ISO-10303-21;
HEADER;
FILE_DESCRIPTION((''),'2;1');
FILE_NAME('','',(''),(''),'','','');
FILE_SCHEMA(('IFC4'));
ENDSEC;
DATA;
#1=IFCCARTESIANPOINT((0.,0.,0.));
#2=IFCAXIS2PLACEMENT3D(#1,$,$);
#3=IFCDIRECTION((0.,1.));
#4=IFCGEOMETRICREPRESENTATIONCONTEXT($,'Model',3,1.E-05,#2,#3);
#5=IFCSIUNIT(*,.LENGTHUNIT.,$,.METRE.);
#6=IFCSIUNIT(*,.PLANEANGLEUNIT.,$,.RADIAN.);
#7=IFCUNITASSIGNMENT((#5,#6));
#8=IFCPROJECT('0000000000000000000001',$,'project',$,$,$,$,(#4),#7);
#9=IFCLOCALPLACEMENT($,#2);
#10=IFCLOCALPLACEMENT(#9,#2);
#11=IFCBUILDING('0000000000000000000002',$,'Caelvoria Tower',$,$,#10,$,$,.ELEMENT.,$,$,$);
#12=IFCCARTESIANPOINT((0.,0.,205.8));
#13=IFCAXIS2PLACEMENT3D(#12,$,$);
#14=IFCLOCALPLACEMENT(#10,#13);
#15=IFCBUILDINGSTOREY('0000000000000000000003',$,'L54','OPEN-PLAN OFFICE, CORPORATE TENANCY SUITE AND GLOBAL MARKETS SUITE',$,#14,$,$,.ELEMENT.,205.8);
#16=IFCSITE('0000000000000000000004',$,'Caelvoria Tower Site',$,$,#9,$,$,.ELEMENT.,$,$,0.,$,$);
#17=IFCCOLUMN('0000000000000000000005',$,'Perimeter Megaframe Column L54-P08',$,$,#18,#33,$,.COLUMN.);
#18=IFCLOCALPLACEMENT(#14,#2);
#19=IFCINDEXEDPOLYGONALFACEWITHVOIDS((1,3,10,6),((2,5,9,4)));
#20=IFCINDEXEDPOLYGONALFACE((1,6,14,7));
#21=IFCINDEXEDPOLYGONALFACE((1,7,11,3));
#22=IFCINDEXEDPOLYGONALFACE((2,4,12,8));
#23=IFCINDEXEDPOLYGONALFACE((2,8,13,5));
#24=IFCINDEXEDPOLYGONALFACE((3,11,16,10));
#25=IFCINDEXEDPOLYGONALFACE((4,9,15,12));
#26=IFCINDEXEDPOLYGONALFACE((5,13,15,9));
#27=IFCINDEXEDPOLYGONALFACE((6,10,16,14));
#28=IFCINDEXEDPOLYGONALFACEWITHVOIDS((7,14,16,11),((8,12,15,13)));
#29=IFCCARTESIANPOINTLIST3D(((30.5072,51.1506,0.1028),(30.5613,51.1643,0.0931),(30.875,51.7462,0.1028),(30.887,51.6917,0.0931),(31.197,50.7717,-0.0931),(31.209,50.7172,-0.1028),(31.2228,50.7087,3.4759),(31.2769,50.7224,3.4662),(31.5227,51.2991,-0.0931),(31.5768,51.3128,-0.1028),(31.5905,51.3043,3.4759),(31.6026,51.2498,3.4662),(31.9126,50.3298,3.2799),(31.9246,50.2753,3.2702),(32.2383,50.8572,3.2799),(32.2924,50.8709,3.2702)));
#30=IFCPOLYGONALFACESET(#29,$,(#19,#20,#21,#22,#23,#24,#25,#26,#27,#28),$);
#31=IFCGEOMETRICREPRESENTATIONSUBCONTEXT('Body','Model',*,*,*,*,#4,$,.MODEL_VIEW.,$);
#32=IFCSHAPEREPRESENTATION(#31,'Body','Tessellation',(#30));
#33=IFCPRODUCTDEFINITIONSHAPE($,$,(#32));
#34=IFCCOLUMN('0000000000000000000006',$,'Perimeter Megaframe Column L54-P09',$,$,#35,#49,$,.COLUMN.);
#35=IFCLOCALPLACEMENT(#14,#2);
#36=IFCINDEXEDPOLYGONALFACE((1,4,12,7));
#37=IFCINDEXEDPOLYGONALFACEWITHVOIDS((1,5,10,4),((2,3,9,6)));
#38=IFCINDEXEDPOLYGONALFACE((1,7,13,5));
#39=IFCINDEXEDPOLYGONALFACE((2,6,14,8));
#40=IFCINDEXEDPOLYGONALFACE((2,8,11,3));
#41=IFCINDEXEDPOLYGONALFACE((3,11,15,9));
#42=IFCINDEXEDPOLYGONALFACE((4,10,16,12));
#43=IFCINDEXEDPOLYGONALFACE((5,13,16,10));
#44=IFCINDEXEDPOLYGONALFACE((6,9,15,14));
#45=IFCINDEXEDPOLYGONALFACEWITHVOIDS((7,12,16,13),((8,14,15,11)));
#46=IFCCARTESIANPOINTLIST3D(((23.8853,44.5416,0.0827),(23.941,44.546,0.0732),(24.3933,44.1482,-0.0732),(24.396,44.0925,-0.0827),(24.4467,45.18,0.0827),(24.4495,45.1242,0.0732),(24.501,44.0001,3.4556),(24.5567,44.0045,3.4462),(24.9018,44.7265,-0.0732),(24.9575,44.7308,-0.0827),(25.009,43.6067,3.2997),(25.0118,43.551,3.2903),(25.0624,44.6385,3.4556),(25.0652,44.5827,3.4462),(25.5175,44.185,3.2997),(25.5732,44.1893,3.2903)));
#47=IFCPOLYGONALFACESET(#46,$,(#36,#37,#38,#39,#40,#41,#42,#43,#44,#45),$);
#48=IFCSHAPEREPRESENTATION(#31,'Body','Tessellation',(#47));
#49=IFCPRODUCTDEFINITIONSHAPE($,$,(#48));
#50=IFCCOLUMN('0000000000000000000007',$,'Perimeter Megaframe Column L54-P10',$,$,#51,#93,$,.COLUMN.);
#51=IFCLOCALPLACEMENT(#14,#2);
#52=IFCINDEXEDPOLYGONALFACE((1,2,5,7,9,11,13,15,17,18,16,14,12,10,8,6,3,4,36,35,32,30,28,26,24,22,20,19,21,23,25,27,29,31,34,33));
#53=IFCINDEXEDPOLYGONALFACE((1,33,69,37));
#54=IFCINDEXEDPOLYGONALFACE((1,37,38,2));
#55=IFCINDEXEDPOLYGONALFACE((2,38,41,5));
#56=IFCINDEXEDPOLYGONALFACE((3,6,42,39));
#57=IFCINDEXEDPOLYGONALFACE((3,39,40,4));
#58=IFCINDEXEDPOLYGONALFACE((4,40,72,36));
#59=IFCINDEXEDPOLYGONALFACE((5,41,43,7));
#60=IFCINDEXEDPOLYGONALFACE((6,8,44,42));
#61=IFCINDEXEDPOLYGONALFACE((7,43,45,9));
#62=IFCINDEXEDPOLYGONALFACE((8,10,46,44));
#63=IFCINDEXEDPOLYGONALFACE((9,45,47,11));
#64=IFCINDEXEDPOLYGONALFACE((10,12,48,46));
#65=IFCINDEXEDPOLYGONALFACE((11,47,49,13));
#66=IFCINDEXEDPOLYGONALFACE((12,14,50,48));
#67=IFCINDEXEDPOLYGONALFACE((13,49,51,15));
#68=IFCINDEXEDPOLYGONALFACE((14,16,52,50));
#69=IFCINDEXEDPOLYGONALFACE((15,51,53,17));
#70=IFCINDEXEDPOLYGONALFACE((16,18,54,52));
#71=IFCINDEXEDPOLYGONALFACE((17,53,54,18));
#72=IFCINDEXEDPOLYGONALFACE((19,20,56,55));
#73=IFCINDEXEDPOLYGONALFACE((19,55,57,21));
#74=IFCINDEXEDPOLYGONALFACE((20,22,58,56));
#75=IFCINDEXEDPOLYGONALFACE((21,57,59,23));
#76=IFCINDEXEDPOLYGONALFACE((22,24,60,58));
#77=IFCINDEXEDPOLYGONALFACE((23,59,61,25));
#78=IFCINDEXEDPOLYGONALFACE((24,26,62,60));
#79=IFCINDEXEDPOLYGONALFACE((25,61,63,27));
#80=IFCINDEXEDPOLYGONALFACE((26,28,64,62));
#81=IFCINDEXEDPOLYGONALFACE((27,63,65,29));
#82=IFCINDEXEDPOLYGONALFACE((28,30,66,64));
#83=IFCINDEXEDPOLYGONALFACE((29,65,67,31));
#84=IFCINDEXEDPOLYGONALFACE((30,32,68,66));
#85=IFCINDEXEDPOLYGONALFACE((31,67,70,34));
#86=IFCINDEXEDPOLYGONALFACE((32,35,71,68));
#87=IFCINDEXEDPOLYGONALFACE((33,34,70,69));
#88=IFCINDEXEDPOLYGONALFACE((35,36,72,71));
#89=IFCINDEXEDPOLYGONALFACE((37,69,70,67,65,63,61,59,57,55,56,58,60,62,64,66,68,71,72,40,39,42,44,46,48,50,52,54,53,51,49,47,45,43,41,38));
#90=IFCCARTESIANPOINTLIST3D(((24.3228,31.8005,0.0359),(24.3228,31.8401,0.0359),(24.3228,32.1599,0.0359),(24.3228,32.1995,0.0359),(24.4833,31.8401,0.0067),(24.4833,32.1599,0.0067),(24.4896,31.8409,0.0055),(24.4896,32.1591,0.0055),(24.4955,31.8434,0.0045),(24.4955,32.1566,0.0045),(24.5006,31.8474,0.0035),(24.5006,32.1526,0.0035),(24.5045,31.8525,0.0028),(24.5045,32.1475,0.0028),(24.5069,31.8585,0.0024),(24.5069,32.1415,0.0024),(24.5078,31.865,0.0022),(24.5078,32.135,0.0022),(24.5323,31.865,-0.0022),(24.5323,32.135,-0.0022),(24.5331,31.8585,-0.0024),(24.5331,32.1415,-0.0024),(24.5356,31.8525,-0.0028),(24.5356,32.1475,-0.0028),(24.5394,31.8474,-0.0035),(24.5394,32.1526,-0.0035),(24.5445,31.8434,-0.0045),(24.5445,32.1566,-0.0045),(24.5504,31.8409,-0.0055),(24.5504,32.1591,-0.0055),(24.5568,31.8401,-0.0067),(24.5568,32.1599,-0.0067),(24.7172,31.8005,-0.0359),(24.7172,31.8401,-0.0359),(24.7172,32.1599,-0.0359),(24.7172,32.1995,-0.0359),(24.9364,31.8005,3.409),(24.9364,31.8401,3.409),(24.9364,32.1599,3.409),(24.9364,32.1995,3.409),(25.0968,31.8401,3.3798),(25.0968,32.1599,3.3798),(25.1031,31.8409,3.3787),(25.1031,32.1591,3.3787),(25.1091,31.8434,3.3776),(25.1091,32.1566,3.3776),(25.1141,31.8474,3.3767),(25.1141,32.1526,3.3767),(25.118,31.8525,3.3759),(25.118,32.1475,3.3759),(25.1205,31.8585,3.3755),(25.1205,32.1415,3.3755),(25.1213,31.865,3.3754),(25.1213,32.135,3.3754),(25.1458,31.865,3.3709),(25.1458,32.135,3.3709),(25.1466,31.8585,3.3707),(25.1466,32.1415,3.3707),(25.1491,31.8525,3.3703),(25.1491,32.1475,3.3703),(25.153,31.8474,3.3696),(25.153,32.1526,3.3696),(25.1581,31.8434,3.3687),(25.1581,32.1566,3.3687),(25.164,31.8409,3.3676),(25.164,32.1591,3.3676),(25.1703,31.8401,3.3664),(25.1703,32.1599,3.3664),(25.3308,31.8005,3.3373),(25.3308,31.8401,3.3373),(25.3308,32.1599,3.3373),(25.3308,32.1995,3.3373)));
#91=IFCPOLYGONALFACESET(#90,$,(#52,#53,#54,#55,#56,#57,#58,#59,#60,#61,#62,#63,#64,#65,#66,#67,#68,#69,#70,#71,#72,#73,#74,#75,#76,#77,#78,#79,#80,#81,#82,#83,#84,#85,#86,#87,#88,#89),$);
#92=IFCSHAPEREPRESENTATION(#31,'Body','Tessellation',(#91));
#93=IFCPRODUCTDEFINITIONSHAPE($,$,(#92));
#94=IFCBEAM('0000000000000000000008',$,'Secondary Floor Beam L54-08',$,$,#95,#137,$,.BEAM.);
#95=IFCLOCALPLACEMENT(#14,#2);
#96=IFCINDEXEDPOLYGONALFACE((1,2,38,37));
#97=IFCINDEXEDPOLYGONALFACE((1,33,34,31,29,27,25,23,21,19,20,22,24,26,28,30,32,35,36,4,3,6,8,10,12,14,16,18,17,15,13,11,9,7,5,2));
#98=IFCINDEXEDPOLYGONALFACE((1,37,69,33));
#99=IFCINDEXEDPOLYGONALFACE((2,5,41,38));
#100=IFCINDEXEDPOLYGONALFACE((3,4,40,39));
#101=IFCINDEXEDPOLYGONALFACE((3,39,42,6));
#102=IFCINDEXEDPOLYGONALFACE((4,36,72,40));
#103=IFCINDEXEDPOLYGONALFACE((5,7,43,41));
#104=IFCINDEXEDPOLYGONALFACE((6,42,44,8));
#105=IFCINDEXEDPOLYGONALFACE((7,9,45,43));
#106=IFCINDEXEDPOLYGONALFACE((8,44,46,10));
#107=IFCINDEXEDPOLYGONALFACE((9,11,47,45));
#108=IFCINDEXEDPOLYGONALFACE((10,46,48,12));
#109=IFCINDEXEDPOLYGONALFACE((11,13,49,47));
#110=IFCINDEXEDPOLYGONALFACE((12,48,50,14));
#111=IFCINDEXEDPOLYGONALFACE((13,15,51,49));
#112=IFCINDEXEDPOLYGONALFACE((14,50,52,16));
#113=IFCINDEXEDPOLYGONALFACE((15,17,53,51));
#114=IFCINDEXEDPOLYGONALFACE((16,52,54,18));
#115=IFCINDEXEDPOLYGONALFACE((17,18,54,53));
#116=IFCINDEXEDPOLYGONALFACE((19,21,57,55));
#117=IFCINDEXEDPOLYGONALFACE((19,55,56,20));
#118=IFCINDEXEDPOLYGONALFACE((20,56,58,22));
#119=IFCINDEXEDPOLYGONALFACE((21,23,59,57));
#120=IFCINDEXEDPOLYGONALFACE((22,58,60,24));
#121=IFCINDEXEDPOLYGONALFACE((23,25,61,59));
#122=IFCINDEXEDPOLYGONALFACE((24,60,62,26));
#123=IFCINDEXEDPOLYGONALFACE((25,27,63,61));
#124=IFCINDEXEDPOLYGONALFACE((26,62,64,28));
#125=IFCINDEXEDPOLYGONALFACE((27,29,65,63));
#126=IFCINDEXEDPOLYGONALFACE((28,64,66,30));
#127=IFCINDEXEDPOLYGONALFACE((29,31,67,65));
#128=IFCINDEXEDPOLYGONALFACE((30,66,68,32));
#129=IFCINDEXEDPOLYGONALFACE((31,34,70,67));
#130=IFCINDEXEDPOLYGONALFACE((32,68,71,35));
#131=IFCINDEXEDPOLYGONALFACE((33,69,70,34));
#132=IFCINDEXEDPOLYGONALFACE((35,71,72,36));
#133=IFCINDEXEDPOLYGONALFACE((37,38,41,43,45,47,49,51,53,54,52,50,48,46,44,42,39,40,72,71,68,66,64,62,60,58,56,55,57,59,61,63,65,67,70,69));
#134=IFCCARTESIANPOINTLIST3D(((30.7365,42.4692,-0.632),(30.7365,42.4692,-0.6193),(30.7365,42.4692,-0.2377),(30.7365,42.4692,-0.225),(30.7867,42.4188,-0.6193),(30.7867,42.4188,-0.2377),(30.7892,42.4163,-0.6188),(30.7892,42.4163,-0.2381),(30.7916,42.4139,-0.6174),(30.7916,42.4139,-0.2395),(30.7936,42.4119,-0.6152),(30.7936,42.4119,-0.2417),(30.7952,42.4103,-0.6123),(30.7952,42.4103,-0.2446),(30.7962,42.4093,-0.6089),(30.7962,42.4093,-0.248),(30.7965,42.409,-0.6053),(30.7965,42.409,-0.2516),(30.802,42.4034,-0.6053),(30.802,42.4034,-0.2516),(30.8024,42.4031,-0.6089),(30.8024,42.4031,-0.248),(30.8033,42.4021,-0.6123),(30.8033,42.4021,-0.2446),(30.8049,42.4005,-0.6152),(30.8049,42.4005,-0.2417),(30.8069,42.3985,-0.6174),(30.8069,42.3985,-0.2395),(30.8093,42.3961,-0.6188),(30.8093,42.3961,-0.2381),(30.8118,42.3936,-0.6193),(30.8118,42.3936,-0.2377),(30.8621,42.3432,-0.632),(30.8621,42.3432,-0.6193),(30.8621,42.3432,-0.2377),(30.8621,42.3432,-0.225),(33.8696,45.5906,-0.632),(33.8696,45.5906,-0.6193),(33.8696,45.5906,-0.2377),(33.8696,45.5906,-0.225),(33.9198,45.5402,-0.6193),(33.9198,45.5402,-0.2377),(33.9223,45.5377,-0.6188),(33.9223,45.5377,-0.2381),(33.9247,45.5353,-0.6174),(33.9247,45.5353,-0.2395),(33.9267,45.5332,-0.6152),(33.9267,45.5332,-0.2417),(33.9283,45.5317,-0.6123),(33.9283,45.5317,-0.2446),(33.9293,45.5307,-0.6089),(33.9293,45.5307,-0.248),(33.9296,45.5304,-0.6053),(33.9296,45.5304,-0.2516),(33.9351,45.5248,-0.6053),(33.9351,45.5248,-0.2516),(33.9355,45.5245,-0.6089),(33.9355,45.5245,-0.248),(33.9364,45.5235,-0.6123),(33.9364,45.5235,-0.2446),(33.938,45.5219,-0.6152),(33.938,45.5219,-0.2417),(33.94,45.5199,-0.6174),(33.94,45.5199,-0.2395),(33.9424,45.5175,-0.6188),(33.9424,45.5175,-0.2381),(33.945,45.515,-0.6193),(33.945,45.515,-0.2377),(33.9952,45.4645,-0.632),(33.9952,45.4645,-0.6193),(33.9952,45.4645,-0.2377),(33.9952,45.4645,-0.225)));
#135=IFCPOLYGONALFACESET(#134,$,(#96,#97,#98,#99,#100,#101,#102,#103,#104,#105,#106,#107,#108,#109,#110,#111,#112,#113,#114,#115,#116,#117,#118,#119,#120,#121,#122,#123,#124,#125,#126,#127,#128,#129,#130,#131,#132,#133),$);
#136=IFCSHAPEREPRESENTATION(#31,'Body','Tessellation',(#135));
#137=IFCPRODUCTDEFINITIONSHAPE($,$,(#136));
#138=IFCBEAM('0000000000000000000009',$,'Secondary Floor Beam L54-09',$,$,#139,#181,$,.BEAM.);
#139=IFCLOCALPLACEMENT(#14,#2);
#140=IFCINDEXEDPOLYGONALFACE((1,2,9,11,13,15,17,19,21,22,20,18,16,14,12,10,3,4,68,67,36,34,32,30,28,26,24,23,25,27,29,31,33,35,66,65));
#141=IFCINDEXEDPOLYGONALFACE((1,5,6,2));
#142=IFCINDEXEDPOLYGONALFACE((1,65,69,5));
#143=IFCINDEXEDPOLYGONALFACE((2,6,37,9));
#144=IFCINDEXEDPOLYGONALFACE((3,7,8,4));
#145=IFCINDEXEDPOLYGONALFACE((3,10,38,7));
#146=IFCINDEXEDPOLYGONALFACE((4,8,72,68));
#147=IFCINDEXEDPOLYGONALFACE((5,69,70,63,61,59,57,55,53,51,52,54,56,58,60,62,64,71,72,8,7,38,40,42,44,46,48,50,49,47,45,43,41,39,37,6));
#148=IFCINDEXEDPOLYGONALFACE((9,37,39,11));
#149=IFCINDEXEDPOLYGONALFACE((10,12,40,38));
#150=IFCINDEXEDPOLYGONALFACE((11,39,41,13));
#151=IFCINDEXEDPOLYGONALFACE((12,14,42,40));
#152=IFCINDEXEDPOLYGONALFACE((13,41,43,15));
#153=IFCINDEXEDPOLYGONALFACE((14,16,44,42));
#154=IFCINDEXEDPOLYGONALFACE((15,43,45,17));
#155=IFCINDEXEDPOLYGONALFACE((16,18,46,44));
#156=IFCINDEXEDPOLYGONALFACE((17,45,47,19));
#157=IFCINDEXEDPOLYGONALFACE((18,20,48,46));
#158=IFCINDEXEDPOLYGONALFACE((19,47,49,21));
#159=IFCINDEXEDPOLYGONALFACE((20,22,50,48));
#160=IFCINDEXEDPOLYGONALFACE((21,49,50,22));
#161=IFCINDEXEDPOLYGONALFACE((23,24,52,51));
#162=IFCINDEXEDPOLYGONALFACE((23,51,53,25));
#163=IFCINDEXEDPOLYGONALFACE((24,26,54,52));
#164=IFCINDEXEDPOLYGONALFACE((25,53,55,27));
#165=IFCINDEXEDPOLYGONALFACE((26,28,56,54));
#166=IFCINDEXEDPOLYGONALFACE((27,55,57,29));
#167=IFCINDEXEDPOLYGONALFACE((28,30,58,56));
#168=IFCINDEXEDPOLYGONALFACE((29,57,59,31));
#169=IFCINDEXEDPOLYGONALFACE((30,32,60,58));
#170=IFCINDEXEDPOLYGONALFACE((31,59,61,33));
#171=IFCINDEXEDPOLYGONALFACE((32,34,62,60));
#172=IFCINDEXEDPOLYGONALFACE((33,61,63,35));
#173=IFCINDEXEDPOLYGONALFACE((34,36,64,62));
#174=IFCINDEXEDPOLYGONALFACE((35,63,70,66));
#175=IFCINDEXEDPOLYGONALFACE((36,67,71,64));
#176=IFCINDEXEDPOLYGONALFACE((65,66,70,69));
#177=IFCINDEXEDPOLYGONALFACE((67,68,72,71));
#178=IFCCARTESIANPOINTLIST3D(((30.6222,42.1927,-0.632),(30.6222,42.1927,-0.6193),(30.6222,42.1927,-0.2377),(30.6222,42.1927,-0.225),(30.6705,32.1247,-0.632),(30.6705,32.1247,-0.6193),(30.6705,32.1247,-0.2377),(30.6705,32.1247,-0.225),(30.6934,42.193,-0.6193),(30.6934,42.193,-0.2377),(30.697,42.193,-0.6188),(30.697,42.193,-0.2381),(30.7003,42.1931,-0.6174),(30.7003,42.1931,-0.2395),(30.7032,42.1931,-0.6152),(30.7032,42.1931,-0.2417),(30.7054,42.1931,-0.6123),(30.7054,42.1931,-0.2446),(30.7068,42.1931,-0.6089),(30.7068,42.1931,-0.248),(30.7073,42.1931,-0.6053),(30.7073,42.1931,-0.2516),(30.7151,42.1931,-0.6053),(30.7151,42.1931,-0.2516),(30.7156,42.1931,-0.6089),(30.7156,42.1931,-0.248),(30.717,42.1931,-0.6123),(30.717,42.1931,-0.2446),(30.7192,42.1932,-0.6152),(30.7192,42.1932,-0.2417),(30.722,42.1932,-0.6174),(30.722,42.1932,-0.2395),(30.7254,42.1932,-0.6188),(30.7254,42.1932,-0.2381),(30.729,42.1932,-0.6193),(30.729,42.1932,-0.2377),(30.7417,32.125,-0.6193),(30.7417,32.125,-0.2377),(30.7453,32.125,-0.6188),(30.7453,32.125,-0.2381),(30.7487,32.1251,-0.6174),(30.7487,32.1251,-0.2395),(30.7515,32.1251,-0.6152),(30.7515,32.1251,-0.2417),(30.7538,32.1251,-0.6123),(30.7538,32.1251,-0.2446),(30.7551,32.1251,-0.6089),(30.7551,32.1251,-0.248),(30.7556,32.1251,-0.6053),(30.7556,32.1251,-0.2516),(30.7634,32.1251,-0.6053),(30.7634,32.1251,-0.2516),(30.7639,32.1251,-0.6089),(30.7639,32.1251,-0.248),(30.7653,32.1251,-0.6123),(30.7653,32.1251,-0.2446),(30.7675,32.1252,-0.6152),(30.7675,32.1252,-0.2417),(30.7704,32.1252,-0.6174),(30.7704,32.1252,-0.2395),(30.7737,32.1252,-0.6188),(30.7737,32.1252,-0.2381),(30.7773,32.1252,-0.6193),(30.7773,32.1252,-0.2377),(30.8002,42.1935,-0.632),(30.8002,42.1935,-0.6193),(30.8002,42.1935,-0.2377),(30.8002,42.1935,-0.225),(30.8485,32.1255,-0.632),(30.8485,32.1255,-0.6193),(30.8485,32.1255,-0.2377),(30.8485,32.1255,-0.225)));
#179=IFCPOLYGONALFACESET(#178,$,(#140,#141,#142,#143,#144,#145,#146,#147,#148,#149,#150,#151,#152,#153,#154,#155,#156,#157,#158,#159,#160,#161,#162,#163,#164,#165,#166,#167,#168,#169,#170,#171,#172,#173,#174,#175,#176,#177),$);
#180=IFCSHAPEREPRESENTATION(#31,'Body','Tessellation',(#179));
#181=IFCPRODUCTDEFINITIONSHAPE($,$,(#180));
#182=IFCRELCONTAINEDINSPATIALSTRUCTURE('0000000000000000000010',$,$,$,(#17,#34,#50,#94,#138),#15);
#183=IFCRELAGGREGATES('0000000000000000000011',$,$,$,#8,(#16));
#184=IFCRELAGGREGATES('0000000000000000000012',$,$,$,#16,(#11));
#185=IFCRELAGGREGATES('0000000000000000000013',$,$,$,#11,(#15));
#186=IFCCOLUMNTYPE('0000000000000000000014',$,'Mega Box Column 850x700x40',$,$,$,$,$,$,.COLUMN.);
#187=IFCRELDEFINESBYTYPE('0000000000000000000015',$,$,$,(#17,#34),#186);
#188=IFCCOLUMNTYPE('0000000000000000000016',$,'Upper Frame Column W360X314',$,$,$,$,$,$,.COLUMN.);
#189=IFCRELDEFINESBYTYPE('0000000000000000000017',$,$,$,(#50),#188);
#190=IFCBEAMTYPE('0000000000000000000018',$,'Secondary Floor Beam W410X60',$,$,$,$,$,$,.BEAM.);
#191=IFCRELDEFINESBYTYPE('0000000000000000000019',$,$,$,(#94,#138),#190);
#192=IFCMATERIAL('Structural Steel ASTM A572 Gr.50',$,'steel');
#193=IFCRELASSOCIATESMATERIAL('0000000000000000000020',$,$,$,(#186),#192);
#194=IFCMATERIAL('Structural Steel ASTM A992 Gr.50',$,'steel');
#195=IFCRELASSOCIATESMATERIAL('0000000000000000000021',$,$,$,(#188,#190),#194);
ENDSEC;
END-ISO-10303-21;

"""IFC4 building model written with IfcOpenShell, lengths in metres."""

from ifc_helpers import new_model, si_unit, direction, frame, origin, origin_2d, place, context, subcontext, project, spatial, hollow_rectangle, i_section, extrude, material, material_profile, profile_set, type_object, element, save


model = new_model("IFC4")

# Units and contexts
model_context = context("Model", 3, precision=1e-05, world=origin(), true_north=direction((0.0, 1.0)))
body_context = subcontext(model_context, "Body", "Model", "MODEL_VIEW")
ifc_project = project(units=[si_unit("LENGTHUNIT", "METRE"), si_unit("PLANEANGLEUNIT", "RADIAN")], contexts=[model_context])

# Site, building, storey
site_placement = place(None, origin())
site = spatial("IfcSite", under=ifc_project, at=site_placement, Name="Caelvoria Tower Site", CompositionType="ELEMENT", RefElevation=0.0)
building_placement = place(site_placement, origin())
building = spatial("IfcBuilding", under=site, at=building_placement, Name="Caelvoria Tower", CompositionType="ELEMENT")
storey_placement = place(building_placement, frame((0.0, 0.0, 205.8)))
storey = spatial("IfcBuildingStorey", under=building, at=storey_placement, Name="L54", Description="OPEN-PLAN OFFICE, CORPORATE TENANCY SUITE AND GLOBAL MARKETS SUITE", CompositionType="ELEMENT", Elevation=205.8)

# Columns
ifc_material_1 = material(Name="Structural Steel ASTM A572 Gr.50", Category="steel")
ifc_material_profile_1 = material_profile(ifc_material_1, hollow_rectangle(XDim=0.7, YDim=0.8501, WallThickness=0.04, at=origin_2d()), Name="Structural Steel ASTM A572 Gr.50")
ifc_profile_set_1 = profile_set([ifc_material_profile_1], Name="BOX850X700X40 - Structural Steel ASTM A572 Gr.50")
column_type_1 = type_object("IfcColumnType", Name="Mega Box Column 850x700x40", PredefinedType="COLUMN", material=ifc_profile_set_1)
column_1_placement = place(storey_placement, frame((31.042, 51.2317, 0.0), z_axis=(0.205843, -0.127116, 0.970294), x_axis=(0.525425, 0.85084, 0.0)))
element("IfcColumn", 1, at=column_1_placement, inside=storey, type_object=column_type_1, Name="Perimeter Megaframe Column L54-P08", PredefinedType="COLUMN", context=body_context, shape_type="SweptSolid", body=[
    extrude(hollow_rectangle(XDim=0.7, YDim=0.8501, WallThickness=0.04, at=origin_2d()), origin(), (0.0, 0.0, 1.0), 3.4763),
])
column_2_placement = place(storey_placement, frame((24.4214, 44.6362, 0.0), z_axis=(0.177376, -0.155995, 0.971701), x_axis=(-0.729664, 0.641711, 0.236214)))
element("IfcColumn", 2, at=column_2_placement, inside=storey, type_object=column_type_1, Name="Perimeter Megaframe Column L54-P09", PredefinedType="COLUMN", context=body_context, shape_type="SweptSolid", body=[
    extrude(hollow_rectangle(XDim=0.7, YDim=0.8501, WallThickness=0.04, at=origin_2d()), origin(), (0.0, 0.0, 1.0), 3.4712),
])
ifc_material_2 = material(Name="Structural Steel ASTM A992 Gr.50", Category="steel")
ifc_material_profile_2 = material_profile(ifc_material_2, i_section(OverallWidth=0.4009, OverallDepth=0.3989, WebThickness=0.0249, FlangeThickness=0.0396, FilletRadius=0.0249, at=origin_2d()), Name="Structural Steel ASTM A992 Gr.50")
ifc_profile_set_2 = profile_set([ifc_material_profile_2], Name="W360X314 - Structural Steel ASTM A992 Gr.50")
column_type_2 = type_object("IfcColumnType", Name="Upper Frame Column W360X314", PredefinedType="COLUMN", material=ifc_profile_set_2)
column_3_placement = place(storey_placement, frame((24.52, 32.0, 0.0), z_axis=(0.178954, 0.0, 0.983857), x_axis=(-0.983857, 0.0, 0.178954)))
element("IfcColumn", 3, at=column_3_placement, inside=storey, type_object=column_type_2, Name="Perimeter Megaframe Column L54-P10", PredefinedType="COLUMN", context=body_context, shape_type="SweptSolid", body=[
    extrude(i_section(OverallWidth=0.4009, OverallDepth=0.3989, WebThickness=0.0249, FlangeThickness=0.0396, FilletRadius=0.0249, at=origin_2d()), origin(), (0.0, 0.0, 1.0), 3.4285),
])

# Beams
ifc_material_profile_3 = material_profile(ifc_material_2, i_section(OverallWidth=0.178, OverallDepth=0.407, WebThickness=0.0078, FlangeThickness=0.0127, FilletRadius=0.0139, at=origin_2d()), Name="Structural Steel ASTM A992 Gr.50")
ifc_profile_set_3 = profile_set([ifc_material_profile_3], Name="W410X60 - Structural Steel ASTM A992 Gr.50")
beam_type_1 = type_object("IfcBeamType", Name="Secondary Floor Beam W410X60", PredefinedType="BEAM", material=ifc_profile_set_3)
beam_1_placement = place(storey_placement, frame((33.9324, 45.5276, -0.4285), z_axis=(-0.70843, -0.705781, 0.0), x_axis=(0.705781, -0.70843, 0.0)))
element("IfcBeam", 4, at=beam_1_placement, inside=storey, type_object=beam_type_1, Name="Secondary Floor Beam L54-08", PredefinedType="BEAM", context=body_context, shape_type="SweptSolid", body=[
    extrude(i_section(OverallWidth=0.178, OverallDepth=0.407, WebThickness=0.0078, FlangeThickness=0.0127, FilletRadius=0.0139, at=origin_2d()), origin(), (0.0, 0.0, 1.0), 4.4226),
])
beam_2_placement = place(storey_placement, frame((30.7112, 42.1931, -0.4285), z_axis=(0.004801, -0.999988, 0.0), x_axis=(0.999988, 0.004801, 0.0)))
element("IfcBeam", 5, at=beam_2_placement, inside=storey, type_object=beam_type_1, Name="Secondary Floor Beam L54-09", PredefinedType="BEAM", context=body_context, shape_type="SweptSolid", body=[
    extrude(i_section(OverallWidth=0.178, OverallDepth=0.407, WebThickness=0.0078, FlangeThickness=0.0127, FilletRadius=0.0139, at=origin_2d()), origin(), (0.0, 0.0, 1.0), 10.0681),
])

save(model, "model.ifc")
